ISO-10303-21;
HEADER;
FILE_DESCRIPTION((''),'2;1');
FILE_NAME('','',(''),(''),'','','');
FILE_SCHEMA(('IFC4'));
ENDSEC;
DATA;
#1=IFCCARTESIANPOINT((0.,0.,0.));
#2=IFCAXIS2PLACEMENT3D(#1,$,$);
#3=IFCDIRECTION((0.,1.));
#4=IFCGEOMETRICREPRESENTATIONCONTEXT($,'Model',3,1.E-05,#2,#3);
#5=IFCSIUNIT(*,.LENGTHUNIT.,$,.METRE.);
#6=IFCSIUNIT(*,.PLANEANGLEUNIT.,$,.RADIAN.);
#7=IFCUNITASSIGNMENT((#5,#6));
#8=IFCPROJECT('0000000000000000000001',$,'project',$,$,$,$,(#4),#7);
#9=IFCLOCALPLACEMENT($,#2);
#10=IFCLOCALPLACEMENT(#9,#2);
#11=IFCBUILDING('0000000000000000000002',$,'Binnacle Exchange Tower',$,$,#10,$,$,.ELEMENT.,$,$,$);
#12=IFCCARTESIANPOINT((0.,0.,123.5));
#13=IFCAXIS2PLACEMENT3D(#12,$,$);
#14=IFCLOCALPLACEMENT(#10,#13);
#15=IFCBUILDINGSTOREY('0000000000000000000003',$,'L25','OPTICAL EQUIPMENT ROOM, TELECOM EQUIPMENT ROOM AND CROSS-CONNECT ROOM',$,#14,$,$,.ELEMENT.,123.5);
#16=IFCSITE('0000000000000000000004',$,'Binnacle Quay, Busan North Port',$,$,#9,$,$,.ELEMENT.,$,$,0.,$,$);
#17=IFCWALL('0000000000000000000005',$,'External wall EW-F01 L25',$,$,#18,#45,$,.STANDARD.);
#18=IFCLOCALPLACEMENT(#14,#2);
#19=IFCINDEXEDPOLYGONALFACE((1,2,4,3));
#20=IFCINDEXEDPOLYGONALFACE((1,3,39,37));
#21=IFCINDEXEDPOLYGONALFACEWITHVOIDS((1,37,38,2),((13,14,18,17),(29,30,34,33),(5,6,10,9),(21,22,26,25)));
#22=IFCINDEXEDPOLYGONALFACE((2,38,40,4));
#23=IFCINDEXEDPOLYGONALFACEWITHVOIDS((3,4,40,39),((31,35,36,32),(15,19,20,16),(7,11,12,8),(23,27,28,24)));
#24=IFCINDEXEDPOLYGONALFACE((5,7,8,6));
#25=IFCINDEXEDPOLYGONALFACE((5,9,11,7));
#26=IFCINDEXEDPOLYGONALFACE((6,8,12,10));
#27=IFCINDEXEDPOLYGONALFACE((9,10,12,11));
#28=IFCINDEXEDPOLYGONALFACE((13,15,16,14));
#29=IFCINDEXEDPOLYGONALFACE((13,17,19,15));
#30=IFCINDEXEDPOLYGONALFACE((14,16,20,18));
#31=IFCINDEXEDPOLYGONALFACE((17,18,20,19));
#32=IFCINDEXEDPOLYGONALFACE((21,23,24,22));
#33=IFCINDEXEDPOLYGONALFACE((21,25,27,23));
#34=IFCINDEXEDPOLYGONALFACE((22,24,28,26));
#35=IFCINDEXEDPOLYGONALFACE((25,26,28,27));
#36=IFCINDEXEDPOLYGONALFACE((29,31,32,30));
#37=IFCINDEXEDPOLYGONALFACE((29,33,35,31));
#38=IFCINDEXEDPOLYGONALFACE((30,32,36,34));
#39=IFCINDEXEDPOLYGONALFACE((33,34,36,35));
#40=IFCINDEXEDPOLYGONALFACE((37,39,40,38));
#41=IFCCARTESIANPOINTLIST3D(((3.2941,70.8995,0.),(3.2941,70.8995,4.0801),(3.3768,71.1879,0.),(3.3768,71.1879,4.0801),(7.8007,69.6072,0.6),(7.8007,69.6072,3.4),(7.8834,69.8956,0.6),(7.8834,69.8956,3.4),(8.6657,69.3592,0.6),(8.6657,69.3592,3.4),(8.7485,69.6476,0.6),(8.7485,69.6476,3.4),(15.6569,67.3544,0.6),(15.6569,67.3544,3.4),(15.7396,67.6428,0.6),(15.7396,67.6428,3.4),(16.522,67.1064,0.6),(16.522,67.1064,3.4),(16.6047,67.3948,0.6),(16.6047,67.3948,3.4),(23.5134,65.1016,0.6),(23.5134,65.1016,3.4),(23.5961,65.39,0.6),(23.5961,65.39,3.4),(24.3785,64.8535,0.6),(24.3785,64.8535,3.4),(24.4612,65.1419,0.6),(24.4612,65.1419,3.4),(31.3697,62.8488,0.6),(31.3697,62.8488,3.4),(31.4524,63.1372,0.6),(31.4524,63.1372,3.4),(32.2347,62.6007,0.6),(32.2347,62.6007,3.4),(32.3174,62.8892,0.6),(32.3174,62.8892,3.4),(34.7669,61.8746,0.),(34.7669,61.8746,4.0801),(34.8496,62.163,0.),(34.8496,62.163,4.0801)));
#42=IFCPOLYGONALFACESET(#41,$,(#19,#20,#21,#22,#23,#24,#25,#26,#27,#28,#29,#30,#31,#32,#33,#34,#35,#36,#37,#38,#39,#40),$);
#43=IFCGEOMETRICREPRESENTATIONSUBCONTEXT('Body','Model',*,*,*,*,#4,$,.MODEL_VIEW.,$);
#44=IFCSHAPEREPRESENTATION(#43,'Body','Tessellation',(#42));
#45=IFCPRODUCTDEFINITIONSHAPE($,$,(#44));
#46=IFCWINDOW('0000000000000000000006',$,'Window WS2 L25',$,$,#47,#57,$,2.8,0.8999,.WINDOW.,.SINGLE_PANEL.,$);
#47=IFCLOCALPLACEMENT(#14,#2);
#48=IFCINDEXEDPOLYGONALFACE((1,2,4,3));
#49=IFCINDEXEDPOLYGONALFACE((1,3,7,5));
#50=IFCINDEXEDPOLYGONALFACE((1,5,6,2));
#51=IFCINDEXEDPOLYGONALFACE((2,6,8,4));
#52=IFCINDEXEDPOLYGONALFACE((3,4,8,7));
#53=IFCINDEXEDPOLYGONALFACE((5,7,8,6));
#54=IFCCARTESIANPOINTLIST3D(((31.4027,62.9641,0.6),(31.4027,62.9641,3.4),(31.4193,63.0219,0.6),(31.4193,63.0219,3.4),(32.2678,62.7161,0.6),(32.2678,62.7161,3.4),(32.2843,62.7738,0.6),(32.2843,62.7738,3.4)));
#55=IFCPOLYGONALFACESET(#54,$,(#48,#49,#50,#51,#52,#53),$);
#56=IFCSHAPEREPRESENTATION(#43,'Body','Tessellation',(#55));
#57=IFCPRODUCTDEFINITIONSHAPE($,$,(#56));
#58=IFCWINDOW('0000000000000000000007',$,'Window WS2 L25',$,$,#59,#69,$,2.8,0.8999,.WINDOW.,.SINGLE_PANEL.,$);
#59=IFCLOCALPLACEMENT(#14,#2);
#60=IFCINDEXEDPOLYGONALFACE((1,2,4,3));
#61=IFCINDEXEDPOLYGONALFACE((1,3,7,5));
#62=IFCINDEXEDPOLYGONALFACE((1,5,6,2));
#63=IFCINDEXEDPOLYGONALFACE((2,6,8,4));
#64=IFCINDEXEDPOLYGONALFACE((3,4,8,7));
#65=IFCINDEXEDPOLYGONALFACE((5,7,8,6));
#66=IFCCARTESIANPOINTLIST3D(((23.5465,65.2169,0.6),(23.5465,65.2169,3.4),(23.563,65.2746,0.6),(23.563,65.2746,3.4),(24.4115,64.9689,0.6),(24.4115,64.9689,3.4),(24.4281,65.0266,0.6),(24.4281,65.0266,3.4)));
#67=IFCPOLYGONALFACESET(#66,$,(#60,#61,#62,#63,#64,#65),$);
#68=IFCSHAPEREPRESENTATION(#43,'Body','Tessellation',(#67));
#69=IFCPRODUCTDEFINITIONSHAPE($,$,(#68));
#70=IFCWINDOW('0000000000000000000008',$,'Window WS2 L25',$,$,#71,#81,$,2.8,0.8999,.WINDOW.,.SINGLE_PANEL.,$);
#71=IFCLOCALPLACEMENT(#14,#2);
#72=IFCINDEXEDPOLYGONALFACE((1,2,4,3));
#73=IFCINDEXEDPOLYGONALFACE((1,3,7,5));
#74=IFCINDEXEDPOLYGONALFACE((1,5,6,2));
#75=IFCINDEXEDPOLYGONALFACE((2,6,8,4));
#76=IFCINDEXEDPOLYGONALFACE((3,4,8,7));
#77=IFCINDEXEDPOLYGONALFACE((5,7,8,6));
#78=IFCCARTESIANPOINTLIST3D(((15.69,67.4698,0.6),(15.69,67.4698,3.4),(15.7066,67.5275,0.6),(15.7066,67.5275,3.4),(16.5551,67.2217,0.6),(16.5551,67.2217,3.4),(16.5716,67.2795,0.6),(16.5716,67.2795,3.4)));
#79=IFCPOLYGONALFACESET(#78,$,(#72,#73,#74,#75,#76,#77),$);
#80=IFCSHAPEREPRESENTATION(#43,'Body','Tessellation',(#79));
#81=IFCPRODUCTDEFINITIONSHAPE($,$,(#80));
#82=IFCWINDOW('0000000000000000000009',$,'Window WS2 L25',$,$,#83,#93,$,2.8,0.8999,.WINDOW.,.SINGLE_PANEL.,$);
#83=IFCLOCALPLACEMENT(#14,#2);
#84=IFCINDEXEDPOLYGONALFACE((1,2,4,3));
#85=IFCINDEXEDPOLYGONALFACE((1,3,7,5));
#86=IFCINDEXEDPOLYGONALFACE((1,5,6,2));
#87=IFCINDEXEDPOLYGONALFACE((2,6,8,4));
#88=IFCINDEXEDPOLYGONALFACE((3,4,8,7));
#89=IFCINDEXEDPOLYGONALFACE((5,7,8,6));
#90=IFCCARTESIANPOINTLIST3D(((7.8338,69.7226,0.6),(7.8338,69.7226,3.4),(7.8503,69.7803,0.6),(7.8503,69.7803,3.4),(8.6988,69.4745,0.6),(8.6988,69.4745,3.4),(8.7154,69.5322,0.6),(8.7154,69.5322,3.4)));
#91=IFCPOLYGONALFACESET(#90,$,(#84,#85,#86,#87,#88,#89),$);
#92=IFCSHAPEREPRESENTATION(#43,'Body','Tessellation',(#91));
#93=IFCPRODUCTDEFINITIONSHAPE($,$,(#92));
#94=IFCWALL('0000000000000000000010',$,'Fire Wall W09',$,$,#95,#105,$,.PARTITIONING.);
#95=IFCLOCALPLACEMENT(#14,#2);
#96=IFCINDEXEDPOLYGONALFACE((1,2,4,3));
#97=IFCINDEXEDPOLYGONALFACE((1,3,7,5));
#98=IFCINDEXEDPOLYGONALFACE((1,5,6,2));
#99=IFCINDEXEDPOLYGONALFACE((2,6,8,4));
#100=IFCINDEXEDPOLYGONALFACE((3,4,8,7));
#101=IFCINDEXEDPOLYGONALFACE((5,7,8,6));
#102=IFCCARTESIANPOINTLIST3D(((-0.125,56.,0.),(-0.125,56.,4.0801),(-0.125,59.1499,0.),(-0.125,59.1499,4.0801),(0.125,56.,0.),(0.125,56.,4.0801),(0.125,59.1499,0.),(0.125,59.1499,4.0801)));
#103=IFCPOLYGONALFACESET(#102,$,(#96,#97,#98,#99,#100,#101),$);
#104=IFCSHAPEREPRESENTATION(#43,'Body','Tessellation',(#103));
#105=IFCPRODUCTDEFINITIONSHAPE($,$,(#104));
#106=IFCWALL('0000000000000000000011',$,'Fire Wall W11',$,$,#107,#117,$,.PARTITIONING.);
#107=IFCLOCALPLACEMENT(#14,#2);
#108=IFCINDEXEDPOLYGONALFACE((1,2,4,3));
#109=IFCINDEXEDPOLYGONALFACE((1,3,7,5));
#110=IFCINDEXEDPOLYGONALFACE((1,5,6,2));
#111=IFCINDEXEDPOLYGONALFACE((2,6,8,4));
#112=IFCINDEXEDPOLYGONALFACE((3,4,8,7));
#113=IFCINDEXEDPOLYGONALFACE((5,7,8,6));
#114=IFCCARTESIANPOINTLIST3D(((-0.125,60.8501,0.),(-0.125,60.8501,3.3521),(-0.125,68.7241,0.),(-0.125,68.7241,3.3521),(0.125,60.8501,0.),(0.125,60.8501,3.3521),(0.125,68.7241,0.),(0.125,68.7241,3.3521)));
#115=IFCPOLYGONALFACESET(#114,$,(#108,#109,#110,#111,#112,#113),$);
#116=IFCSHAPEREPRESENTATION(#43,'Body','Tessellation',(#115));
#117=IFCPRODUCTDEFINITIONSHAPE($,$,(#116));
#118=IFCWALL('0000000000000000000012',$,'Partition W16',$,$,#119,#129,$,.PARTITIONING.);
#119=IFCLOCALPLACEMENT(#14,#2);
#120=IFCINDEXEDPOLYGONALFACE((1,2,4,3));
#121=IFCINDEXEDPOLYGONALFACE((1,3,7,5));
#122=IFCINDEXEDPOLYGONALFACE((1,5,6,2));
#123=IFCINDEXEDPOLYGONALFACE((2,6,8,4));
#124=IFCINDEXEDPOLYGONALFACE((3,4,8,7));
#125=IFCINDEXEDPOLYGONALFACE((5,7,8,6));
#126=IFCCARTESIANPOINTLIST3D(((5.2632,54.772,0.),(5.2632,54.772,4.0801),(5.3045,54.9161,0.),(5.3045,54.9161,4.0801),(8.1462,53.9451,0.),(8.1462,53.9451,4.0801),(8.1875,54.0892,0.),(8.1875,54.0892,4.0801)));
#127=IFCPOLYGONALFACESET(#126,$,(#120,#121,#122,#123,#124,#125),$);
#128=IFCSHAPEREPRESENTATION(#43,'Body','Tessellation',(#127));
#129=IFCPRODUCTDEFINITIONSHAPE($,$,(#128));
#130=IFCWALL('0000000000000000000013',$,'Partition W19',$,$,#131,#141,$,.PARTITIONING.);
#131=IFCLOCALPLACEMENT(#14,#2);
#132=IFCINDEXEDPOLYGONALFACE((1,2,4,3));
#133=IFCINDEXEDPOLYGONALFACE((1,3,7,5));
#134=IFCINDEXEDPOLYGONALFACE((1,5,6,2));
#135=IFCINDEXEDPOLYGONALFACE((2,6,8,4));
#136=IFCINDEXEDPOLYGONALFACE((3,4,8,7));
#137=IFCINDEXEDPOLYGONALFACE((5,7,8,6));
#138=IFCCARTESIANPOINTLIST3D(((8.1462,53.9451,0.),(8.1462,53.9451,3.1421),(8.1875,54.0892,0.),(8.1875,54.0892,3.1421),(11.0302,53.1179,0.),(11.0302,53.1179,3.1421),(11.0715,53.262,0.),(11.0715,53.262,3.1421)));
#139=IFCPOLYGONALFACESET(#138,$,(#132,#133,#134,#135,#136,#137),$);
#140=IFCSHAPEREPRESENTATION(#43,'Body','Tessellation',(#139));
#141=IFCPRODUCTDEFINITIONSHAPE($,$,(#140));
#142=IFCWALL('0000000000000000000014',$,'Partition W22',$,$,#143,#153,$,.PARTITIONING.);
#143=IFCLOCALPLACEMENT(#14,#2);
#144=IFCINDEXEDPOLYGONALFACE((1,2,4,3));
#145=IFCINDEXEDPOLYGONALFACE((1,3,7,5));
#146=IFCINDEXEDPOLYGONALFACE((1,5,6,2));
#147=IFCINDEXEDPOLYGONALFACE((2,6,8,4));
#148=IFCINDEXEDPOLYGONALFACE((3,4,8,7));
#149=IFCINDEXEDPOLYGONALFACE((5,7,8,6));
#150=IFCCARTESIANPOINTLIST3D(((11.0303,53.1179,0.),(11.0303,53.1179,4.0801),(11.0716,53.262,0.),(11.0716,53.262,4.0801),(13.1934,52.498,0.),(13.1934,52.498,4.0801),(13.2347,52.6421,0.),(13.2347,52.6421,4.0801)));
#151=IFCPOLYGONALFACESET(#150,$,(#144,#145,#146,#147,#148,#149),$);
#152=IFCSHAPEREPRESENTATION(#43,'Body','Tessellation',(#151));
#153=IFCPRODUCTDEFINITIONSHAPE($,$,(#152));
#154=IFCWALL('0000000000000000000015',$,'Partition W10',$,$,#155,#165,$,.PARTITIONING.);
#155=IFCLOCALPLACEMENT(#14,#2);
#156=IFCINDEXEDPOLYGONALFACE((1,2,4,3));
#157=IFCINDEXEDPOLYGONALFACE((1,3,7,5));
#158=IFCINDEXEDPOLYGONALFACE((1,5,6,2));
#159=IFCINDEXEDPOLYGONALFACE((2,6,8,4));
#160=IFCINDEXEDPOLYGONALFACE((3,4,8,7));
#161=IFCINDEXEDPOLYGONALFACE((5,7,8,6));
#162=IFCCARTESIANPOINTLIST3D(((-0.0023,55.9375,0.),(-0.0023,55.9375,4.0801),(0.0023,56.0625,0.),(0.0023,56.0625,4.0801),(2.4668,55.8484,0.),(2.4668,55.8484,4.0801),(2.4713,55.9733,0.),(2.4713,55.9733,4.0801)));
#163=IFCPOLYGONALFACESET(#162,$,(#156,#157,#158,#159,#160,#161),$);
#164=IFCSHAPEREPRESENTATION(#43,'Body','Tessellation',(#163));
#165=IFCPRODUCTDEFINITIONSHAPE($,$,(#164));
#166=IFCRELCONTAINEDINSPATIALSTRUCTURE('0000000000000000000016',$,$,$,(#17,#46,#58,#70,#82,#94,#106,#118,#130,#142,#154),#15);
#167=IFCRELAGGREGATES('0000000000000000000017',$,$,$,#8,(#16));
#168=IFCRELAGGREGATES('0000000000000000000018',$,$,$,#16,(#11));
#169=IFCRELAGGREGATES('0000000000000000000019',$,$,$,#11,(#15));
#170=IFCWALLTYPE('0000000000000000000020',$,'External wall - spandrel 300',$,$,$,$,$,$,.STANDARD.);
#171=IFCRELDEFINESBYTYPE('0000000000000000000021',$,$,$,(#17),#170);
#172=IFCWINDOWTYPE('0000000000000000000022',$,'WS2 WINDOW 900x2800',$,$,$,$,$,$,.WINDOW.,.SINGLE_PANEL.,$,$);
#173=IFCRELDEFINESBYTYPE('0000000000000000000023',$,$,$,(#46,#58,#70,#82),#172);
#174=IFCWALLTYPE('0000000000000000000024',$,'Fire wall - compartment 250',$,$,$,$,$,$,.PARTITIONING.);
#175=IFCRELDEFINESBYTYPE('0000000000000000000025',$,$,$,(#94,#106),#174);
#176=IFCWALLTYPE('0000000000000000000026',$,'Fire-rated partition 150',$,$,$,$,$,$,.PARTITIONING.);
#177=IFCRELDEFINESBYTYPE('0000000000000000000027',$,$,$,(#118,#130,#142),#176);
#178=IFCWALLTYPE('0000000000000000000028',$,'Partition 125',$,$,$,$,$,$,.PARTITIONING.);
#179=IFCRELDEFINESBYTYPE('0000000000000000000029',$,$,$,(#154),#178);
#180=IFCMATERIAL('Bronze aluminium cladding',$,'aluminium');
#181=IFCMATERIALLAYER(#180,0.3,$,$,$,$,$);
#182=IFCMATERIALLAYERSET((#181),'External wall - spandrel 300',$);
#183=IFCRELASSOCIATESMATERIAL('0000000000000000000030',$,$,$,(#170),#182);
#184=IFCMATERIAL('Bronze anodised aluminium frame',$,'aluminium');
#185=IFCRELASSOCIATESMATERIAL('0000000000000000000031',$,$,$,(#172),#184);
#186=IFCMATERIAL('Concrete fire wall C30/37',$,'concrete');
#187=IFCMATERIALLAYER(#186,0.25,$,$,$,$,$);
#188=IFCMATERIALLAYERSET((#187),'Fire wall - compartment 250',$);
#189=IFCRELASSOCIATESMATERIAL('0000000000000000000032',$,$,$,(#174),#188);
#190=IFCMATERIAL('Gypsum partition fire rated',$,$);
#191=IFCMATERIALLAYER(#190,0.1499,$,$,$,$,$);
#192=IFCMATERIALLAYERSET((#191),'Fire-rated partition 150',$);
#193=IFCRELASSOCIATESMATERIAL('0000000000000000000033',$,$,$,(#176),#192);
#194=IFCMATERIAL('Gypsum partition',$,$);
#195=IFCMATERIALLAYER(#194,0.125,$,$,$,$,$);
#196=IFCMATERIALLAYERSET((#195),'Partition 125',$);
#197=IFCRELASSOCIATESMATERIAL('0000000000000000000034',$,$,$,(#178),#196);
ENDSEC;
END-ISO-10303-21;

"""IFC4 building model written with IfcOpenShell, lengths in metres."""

from ifc_helpers import new_model, si_unit, direction, frame, frame_2d, origin, place, context, subcontext, project, spatial, rectangle, extrude, material, layer, layer_set, type_object, element, fill, save


model = new_model("IFC4")

# Units and contexts
model_context = context("Model", 3, precision=1e-05, world=origin(), true_north=direction((0.0, 1.0)))
body_context = subcontext(model_context, "Body", "Model", "MODEL_VIEW")
ifc_project = project(units=[si_unit("LENGTHUNIT", "METRE"), si_unit("PLANEANGLEUNIT", "RADIAN")], contexts=[model_context])

# Site, building, storey
site_placement = place(None, origin())
site = spatial("IfcSite", under=ifc_project, at=site_placement, Name="Binnacle Quay, Busan North Port", CompositionType="ELEMENT", RefElevation=0.0)
building_placement = place(site_placement, origin())
building = spatial("IfcBuilding", under=site, at=building_placement, Name="Binnacle Exchange Tower", CompositionType="ELEMENT")
storey_placement = place(building_placement, frame((0.0, 0.0, 123.5)))
storey = spatial("IfcBuildingStorey", under=building, at=storey_placement, Name="L25", Description="OPTICAL EQUIPMENT ROOM, TELECOM EQUIPMENT ROOM AND CROSS-CONNECT ROOM", CompositionType="ELEMENT", Elevation=123.5)

# Wall, openings, windows
ifc_material_1 = material(Name="Bronze aluminium cladding", Category="aluminium")
ifc_layer_1 = layer(ifc_material_1, 0.3)
ifc_layer_set_1 = layer_set([ifc_layer_1], Name="External wall - spandrel 300")
wall_type_1 = type_object("IfcWallType", Name="External wall - spandrel 300", PredefinedType="STANDARD", material=ifc_layer_set_1)
wall_1_placement = place(storey_placement, frame((3.3354, 71.0437, 0.0), z_axis=(0.0, 0.0, 1.0), x_axis=(0.96126, -0.275643, 0.0)))
wall_1 = element("IfcWall", 1, at=wall_1_placement, inside=storey, type_object=wall_type_1, Name="External wall EW-F01 L25", PredefinedType="STANDARD", context=body_context, shape_type="SweptSolid", body=[
    extrude(rectangle(XDim=32.7412, YDim=0.3, at=frame_2d((16.3706, 0.0))), origin(), (0.0, 0.0, 1.0), 4.0801),
])
opening_1_placement = place(wall_1_placement, frame((29.207, 0.0, 0.6001)))
opening_1 = element("IfcOpeningElement", 2, at=opening_1_placement, cuts=wall_1, PredefinedType="OPENING", context=body_context, shape_type="SweptSolid", body=[
    extrude(rectangle(XDim=0.8999, YDim=2.8, at=frame_2d((0.45, 1.3999))), frame((0.0, 0.1599, 0.0), z_axis=(0.0, -1.0, 0.0), x_axis=(1.0, 0.0, 0.0)), (0.0, 0.0, 1.0), 0.3201),
])
opening_2_placement = place(wall_1_placement, frame((21.0342, 0.0, 0.6001)))
opening_2 = element("IfcOpeningElement", 3, at=opening_2_placement, cuts=wall_1, PredefinedType="OPENING", context=body_context, shape_type="SweptSolid", body=[
    extrude(rectangle(XDim=0.8999, YDim=2.8, at=frame_2d((0.45, 1.3999))), frame((0.0, 0.1599, 0.0), z_axis=(0.0, -1.0, 0.0), x_axis=(1.0, 0.0, 0.0)), (0.0, 0.0, 1.0), 0.3201),
])
opening_3_placement = place(wall_1_placement, frame((12.8611, 0.0, 0.6001)))
opening_3 = element("IfcOpeningElement", 4, at=opening_3_placement, cuts=wall_1, PredefinedType="OPENING", context=body_context, shape_type="SweptSolid", body=[
    extrude(rectangle(XDim=0.8999, YDim=2.8, at=frame_2d((0.45, 1.3999))), frame((0.0, 0.1599, 0.0), z_axis=(0.0, -1.0, 0.0), x_axis=(1.0, 0.0, 0.0)), (0.0, 0.0, 1.0), 0.3201),
])
opening_4_placement = place(wall_1_placement, frame((4.6882, 0.0, 0.6001)))
opening_4 = element("IfcOpeningElement", 5, at=opening_4_placement, cuts=wall_1, PredefinedType="OPENING", context=body_context, shape_type="SweptSolid", body=[
    extrude(rectangle(XDim=0.8999, YDim=2.8, at=frame_2d((0.45, 1.3999))), frame((0.0, 0.1599, 0.0), z_axis=(0.0, -1.0, 0.0), x_axis=(1.0, 0.0, 0.0)), (0.0, 0.0, 1.0), 0.3201),
])
ifc_material_2 = material(Name="Bronze anodised aluminium frame", Category="aluminium")
window_type = type_object("IfcWindowType", Name="WS2 WINDOW 900x2800", PartitioningType="SINGLE_PANEL", PredefinedType="WINDOW", material=ifc_material_2)
window_1_placement = place(opening_1_placement, origin())
window_1 = element("IfcWindow", 6, at=window_1_placement, inside=storey, type_object=window_type, Name="Window WS2 L25", OverallHeight=2.8, OverallWidth=0.8999, PartitioningType="SINGLE_PANEL", PredefinedType="WINDOW", context=body_context, shape_type="SweptSolid", body=[
    extrude(rectangle(XDim=0.8999, YDim=2.8, at=frame_2d((0.45, 1.3999))), frame((0.0, 0.03, 0.0), z_axis=(0.0, -1.0, 0.0), x_axis=(1.0, 0.0, 0.0)), (0.0, 0.0, 1.0), 0.0601),
])
fill(opening_1, window_1)
window_2_placement = place(opening_2_placement, origin())
window_2 = element("IfcWindow", 7, at=window_2_placement, inside=storey, type_object=window_type, Name="Window WS2 L25", OverallHeight=2.8, OverallWidth=0.8999, PartitioningType="SINGLE_PANEL", PredefinedType="WINDOW", context=body_context, shape_type="SweptSolid", body=[
    extrude(rectangle(XDim=0.8999, YDim=2.8, at=frame_2d((0.45, 1.3999))), frame((0.0, 0.03, 0.0), z_axis=(0.0, -1.0, 0.0), x_axis=(1.0, 0.0, 0.0)), (0.0, 0.0, 1.0), 0.0601),
])
fill(opening_2, window_2)
window_3_placement = place(opening_3_placement, origin())
window_3 = element("IfcWindow", 8, at=window_3_placement, inside=storey, type_object=window_type, Name="Window WS2 L25", OverallHeight=2.8, OverallWidth=0.8999, PartitioningType="SINGLE_PANEL", PredefinedType="WINDOW", context=body_context, shape_type="SweptSolid", body=[
    extrude(rectangle(XDim=0.8999, YDim=2.8, at=frame_2d((0.45, 1.3999))), frame((0.0, 0.03, 0.0), z_axis=(0.0, -1.0, 0.0), x_axis=(1.0, 0.0, 0.0)), (0.0, 0.0, 1.0), 0.0601),
])
fill(opening_3, window_3)
window_4_placement = place(opening_4_placement, origin())
window_4 = element("IfcWindow", 9, at=window_4_placement, inside=storey, type_object=window_type, Name="Window WS2 L25", OverallHeight=2.8, OverallWidth=0.8999, PartitioningType="SINGLE_PANEL", PredefinedType="WINDOW", context=body_context, shape_type="SweptSolid", body=[
    extrude(rectangle(XDim=0.8999, YDim=2.8, at=frame_2d((0.45, 1.3999))), frame((0.0, 0.03, 0.0), z_axis=(0.0, -1.0, 0.0), x_axis=(1.0, 0.0, 0.0)), (0.0, 0.0, 1.0), 0.0601),
])
fill(opening_4, window_4)

# Walls
ifc_material_3 = material(Name="Concrete fire wall C30/37", Category="concrete")
ifc_layer_2 = layer(ifc_material_3, 0.25)
ifc_layer_set_2 = layer_set([ifc_layer_2], Name="Fire wall - compartment 250")
wall_type_2 = type_object("IfcWallType", Name="Fire wall - compartment 250", PredefinedType="PARTITIONING", material=ifc_layer_set_2)
wall_2_placement = place(storey_placement, frame((0.0, 56.0, 0.0), z_axis=(0.0, 0.0, 1.0), x_axis=(0.0, 1.0, 0.0)))
element("IfcWall", 10, at=wall_2_placement, inside=storey, type_object=wall_type_2, Name="Fire Wall W09", PredefinedType="PARTITIONING", context=body_context, shape_type="SweptSolid", body=[
    extrude(rectangle(XDim=3.1499, YDim=0.25, at=frame_2d((1.575, 0.0))), origin(), (0.0, 0.0, 1.0), 4.0801),
])
wall_3_placement = place(storey_placement, frame((0.0, 60.8501, 0.0), z_axis=(0.0, 0.0, 1.0), x_axis=(0.0, 1.0, 0.0)))
element("IfcWall", 11, at=wall_3_placement, inside=storey, type_object=wall_type_2, Name="Fire Wall W11", PredefinedType="PARTITIONING", context=body_context, shape_type="SweptSolid", body=[
    extrude(rectangle(XDim=7.874, YDim=0.25, at=frame_2d((3.937, 0.0))), origin(), (0.0, 0.0, 1.0), 3.3521),
])
ifc_material_4 = material(Name="Gypsum partition fire rated")
ifc_layer_3 = layer(ifc_material_4, 0.1499)
ifc_layer_set_3 = layer_set([ifc_layer_3], Name="Fire-rated partition 150")
wall_type_3 = type_object("IfcWallType", Name="Fire-rated partition 150", PredefinedType="PARTITIONING", material=ifc_layer_set_3)
wall_4_placement = place(storey_placement, frame((5.2839, 54.844, 0.0), z_axis=(0.0, 0.0, 1.0), x_axis=(0.961244, -0.275699, 0.0)))
element("IfcWall", 12, at=wall_4_placement, inside=storey, type_object=wall_type_3, Name="Partition W16", PredefinedType="PARTITIONING", context=body_context, shape_type="SweptSolid", body=[
    extrude(rectangle(XDim=2.9993, YDim=0.1499, at=frame_2d((1.4995, 0.0))), origin(), (0.0, 0.0, 1.0), 4.0801),
])
wall_5_placement = place(storey_placement, frame((8.167, 54.0171, 0.0), z_axis=(0.0, 0.0, 1.0), x_axis=(0.961247, -0.275688, 0.0)))
element("IfcWall", 13, at=wall_5_placement, inside=storey, type_object=wall_type_3, Name="Partition W19", PredefinedType="PARTITIONING", context=body_context, shape_type="SweptSolid", body=[
    extrude(rectangle(XDim=3.0002, YDim=0.1499, at=frame_2d((1.5, 0.0))), origin(), (0.0, 0.0, 1.0), 3.1421),
])
wall_6_placement = place(storey_placement, frame((11.051, 53.1899, 0.0), z_axis=(0.0, 0.0, 1.0), x_axis=(0.961307, -0.275481, 0.0)))
element("IfcWall", 14, at=wall_6_placement, inside=storey, type_object=wall_type_3, Name="Partition W22", PredefinedType="PARTITIONING", context=body_context, shape_type="SweptSolid", body=[
    extrude(rectangle(XDim=2.2502, YDim=0.1499, at=frame_2d((1.125, 0.0))), origin(), (0.0, 0.0, 1.0), 4.0801),
])
ifc_material_5 = material(Name="Gypsum partition")
ifc_layer_4 = layer(ifc_material_5, 0.125)
ifc_layer_set_4 = layer_set([ifc_layer_4], Name="Partition 125")
wall_type_4 = type_object("IfcWallType", Name="Partition 125", PredefinedType="PARTITIONING", material=ifc_layer_set_4)
wall_7_placement = place(storey_placement, frame((0.0, 56.0, 0.0), z_axis=(0.0, 0.0, 1.0), x_axis=(0.999349, -0.036069, 0.0)))
element("IfcWall", 15, at=wall_7_placement, inside=storey, type_object=wall_type_4, Name="Partition W10", PredefinedType="PARTITIONING", context=body_context, shape_type="SweptSolid", body=[
    extrude(rectangle(XDim=2.4707, YDim=0.125, at=frame_2d((1.2354, 0.0))), origin(), (0.0, 0.0, 1.0), 4.0801),
])

save(model, "model.ifc")
